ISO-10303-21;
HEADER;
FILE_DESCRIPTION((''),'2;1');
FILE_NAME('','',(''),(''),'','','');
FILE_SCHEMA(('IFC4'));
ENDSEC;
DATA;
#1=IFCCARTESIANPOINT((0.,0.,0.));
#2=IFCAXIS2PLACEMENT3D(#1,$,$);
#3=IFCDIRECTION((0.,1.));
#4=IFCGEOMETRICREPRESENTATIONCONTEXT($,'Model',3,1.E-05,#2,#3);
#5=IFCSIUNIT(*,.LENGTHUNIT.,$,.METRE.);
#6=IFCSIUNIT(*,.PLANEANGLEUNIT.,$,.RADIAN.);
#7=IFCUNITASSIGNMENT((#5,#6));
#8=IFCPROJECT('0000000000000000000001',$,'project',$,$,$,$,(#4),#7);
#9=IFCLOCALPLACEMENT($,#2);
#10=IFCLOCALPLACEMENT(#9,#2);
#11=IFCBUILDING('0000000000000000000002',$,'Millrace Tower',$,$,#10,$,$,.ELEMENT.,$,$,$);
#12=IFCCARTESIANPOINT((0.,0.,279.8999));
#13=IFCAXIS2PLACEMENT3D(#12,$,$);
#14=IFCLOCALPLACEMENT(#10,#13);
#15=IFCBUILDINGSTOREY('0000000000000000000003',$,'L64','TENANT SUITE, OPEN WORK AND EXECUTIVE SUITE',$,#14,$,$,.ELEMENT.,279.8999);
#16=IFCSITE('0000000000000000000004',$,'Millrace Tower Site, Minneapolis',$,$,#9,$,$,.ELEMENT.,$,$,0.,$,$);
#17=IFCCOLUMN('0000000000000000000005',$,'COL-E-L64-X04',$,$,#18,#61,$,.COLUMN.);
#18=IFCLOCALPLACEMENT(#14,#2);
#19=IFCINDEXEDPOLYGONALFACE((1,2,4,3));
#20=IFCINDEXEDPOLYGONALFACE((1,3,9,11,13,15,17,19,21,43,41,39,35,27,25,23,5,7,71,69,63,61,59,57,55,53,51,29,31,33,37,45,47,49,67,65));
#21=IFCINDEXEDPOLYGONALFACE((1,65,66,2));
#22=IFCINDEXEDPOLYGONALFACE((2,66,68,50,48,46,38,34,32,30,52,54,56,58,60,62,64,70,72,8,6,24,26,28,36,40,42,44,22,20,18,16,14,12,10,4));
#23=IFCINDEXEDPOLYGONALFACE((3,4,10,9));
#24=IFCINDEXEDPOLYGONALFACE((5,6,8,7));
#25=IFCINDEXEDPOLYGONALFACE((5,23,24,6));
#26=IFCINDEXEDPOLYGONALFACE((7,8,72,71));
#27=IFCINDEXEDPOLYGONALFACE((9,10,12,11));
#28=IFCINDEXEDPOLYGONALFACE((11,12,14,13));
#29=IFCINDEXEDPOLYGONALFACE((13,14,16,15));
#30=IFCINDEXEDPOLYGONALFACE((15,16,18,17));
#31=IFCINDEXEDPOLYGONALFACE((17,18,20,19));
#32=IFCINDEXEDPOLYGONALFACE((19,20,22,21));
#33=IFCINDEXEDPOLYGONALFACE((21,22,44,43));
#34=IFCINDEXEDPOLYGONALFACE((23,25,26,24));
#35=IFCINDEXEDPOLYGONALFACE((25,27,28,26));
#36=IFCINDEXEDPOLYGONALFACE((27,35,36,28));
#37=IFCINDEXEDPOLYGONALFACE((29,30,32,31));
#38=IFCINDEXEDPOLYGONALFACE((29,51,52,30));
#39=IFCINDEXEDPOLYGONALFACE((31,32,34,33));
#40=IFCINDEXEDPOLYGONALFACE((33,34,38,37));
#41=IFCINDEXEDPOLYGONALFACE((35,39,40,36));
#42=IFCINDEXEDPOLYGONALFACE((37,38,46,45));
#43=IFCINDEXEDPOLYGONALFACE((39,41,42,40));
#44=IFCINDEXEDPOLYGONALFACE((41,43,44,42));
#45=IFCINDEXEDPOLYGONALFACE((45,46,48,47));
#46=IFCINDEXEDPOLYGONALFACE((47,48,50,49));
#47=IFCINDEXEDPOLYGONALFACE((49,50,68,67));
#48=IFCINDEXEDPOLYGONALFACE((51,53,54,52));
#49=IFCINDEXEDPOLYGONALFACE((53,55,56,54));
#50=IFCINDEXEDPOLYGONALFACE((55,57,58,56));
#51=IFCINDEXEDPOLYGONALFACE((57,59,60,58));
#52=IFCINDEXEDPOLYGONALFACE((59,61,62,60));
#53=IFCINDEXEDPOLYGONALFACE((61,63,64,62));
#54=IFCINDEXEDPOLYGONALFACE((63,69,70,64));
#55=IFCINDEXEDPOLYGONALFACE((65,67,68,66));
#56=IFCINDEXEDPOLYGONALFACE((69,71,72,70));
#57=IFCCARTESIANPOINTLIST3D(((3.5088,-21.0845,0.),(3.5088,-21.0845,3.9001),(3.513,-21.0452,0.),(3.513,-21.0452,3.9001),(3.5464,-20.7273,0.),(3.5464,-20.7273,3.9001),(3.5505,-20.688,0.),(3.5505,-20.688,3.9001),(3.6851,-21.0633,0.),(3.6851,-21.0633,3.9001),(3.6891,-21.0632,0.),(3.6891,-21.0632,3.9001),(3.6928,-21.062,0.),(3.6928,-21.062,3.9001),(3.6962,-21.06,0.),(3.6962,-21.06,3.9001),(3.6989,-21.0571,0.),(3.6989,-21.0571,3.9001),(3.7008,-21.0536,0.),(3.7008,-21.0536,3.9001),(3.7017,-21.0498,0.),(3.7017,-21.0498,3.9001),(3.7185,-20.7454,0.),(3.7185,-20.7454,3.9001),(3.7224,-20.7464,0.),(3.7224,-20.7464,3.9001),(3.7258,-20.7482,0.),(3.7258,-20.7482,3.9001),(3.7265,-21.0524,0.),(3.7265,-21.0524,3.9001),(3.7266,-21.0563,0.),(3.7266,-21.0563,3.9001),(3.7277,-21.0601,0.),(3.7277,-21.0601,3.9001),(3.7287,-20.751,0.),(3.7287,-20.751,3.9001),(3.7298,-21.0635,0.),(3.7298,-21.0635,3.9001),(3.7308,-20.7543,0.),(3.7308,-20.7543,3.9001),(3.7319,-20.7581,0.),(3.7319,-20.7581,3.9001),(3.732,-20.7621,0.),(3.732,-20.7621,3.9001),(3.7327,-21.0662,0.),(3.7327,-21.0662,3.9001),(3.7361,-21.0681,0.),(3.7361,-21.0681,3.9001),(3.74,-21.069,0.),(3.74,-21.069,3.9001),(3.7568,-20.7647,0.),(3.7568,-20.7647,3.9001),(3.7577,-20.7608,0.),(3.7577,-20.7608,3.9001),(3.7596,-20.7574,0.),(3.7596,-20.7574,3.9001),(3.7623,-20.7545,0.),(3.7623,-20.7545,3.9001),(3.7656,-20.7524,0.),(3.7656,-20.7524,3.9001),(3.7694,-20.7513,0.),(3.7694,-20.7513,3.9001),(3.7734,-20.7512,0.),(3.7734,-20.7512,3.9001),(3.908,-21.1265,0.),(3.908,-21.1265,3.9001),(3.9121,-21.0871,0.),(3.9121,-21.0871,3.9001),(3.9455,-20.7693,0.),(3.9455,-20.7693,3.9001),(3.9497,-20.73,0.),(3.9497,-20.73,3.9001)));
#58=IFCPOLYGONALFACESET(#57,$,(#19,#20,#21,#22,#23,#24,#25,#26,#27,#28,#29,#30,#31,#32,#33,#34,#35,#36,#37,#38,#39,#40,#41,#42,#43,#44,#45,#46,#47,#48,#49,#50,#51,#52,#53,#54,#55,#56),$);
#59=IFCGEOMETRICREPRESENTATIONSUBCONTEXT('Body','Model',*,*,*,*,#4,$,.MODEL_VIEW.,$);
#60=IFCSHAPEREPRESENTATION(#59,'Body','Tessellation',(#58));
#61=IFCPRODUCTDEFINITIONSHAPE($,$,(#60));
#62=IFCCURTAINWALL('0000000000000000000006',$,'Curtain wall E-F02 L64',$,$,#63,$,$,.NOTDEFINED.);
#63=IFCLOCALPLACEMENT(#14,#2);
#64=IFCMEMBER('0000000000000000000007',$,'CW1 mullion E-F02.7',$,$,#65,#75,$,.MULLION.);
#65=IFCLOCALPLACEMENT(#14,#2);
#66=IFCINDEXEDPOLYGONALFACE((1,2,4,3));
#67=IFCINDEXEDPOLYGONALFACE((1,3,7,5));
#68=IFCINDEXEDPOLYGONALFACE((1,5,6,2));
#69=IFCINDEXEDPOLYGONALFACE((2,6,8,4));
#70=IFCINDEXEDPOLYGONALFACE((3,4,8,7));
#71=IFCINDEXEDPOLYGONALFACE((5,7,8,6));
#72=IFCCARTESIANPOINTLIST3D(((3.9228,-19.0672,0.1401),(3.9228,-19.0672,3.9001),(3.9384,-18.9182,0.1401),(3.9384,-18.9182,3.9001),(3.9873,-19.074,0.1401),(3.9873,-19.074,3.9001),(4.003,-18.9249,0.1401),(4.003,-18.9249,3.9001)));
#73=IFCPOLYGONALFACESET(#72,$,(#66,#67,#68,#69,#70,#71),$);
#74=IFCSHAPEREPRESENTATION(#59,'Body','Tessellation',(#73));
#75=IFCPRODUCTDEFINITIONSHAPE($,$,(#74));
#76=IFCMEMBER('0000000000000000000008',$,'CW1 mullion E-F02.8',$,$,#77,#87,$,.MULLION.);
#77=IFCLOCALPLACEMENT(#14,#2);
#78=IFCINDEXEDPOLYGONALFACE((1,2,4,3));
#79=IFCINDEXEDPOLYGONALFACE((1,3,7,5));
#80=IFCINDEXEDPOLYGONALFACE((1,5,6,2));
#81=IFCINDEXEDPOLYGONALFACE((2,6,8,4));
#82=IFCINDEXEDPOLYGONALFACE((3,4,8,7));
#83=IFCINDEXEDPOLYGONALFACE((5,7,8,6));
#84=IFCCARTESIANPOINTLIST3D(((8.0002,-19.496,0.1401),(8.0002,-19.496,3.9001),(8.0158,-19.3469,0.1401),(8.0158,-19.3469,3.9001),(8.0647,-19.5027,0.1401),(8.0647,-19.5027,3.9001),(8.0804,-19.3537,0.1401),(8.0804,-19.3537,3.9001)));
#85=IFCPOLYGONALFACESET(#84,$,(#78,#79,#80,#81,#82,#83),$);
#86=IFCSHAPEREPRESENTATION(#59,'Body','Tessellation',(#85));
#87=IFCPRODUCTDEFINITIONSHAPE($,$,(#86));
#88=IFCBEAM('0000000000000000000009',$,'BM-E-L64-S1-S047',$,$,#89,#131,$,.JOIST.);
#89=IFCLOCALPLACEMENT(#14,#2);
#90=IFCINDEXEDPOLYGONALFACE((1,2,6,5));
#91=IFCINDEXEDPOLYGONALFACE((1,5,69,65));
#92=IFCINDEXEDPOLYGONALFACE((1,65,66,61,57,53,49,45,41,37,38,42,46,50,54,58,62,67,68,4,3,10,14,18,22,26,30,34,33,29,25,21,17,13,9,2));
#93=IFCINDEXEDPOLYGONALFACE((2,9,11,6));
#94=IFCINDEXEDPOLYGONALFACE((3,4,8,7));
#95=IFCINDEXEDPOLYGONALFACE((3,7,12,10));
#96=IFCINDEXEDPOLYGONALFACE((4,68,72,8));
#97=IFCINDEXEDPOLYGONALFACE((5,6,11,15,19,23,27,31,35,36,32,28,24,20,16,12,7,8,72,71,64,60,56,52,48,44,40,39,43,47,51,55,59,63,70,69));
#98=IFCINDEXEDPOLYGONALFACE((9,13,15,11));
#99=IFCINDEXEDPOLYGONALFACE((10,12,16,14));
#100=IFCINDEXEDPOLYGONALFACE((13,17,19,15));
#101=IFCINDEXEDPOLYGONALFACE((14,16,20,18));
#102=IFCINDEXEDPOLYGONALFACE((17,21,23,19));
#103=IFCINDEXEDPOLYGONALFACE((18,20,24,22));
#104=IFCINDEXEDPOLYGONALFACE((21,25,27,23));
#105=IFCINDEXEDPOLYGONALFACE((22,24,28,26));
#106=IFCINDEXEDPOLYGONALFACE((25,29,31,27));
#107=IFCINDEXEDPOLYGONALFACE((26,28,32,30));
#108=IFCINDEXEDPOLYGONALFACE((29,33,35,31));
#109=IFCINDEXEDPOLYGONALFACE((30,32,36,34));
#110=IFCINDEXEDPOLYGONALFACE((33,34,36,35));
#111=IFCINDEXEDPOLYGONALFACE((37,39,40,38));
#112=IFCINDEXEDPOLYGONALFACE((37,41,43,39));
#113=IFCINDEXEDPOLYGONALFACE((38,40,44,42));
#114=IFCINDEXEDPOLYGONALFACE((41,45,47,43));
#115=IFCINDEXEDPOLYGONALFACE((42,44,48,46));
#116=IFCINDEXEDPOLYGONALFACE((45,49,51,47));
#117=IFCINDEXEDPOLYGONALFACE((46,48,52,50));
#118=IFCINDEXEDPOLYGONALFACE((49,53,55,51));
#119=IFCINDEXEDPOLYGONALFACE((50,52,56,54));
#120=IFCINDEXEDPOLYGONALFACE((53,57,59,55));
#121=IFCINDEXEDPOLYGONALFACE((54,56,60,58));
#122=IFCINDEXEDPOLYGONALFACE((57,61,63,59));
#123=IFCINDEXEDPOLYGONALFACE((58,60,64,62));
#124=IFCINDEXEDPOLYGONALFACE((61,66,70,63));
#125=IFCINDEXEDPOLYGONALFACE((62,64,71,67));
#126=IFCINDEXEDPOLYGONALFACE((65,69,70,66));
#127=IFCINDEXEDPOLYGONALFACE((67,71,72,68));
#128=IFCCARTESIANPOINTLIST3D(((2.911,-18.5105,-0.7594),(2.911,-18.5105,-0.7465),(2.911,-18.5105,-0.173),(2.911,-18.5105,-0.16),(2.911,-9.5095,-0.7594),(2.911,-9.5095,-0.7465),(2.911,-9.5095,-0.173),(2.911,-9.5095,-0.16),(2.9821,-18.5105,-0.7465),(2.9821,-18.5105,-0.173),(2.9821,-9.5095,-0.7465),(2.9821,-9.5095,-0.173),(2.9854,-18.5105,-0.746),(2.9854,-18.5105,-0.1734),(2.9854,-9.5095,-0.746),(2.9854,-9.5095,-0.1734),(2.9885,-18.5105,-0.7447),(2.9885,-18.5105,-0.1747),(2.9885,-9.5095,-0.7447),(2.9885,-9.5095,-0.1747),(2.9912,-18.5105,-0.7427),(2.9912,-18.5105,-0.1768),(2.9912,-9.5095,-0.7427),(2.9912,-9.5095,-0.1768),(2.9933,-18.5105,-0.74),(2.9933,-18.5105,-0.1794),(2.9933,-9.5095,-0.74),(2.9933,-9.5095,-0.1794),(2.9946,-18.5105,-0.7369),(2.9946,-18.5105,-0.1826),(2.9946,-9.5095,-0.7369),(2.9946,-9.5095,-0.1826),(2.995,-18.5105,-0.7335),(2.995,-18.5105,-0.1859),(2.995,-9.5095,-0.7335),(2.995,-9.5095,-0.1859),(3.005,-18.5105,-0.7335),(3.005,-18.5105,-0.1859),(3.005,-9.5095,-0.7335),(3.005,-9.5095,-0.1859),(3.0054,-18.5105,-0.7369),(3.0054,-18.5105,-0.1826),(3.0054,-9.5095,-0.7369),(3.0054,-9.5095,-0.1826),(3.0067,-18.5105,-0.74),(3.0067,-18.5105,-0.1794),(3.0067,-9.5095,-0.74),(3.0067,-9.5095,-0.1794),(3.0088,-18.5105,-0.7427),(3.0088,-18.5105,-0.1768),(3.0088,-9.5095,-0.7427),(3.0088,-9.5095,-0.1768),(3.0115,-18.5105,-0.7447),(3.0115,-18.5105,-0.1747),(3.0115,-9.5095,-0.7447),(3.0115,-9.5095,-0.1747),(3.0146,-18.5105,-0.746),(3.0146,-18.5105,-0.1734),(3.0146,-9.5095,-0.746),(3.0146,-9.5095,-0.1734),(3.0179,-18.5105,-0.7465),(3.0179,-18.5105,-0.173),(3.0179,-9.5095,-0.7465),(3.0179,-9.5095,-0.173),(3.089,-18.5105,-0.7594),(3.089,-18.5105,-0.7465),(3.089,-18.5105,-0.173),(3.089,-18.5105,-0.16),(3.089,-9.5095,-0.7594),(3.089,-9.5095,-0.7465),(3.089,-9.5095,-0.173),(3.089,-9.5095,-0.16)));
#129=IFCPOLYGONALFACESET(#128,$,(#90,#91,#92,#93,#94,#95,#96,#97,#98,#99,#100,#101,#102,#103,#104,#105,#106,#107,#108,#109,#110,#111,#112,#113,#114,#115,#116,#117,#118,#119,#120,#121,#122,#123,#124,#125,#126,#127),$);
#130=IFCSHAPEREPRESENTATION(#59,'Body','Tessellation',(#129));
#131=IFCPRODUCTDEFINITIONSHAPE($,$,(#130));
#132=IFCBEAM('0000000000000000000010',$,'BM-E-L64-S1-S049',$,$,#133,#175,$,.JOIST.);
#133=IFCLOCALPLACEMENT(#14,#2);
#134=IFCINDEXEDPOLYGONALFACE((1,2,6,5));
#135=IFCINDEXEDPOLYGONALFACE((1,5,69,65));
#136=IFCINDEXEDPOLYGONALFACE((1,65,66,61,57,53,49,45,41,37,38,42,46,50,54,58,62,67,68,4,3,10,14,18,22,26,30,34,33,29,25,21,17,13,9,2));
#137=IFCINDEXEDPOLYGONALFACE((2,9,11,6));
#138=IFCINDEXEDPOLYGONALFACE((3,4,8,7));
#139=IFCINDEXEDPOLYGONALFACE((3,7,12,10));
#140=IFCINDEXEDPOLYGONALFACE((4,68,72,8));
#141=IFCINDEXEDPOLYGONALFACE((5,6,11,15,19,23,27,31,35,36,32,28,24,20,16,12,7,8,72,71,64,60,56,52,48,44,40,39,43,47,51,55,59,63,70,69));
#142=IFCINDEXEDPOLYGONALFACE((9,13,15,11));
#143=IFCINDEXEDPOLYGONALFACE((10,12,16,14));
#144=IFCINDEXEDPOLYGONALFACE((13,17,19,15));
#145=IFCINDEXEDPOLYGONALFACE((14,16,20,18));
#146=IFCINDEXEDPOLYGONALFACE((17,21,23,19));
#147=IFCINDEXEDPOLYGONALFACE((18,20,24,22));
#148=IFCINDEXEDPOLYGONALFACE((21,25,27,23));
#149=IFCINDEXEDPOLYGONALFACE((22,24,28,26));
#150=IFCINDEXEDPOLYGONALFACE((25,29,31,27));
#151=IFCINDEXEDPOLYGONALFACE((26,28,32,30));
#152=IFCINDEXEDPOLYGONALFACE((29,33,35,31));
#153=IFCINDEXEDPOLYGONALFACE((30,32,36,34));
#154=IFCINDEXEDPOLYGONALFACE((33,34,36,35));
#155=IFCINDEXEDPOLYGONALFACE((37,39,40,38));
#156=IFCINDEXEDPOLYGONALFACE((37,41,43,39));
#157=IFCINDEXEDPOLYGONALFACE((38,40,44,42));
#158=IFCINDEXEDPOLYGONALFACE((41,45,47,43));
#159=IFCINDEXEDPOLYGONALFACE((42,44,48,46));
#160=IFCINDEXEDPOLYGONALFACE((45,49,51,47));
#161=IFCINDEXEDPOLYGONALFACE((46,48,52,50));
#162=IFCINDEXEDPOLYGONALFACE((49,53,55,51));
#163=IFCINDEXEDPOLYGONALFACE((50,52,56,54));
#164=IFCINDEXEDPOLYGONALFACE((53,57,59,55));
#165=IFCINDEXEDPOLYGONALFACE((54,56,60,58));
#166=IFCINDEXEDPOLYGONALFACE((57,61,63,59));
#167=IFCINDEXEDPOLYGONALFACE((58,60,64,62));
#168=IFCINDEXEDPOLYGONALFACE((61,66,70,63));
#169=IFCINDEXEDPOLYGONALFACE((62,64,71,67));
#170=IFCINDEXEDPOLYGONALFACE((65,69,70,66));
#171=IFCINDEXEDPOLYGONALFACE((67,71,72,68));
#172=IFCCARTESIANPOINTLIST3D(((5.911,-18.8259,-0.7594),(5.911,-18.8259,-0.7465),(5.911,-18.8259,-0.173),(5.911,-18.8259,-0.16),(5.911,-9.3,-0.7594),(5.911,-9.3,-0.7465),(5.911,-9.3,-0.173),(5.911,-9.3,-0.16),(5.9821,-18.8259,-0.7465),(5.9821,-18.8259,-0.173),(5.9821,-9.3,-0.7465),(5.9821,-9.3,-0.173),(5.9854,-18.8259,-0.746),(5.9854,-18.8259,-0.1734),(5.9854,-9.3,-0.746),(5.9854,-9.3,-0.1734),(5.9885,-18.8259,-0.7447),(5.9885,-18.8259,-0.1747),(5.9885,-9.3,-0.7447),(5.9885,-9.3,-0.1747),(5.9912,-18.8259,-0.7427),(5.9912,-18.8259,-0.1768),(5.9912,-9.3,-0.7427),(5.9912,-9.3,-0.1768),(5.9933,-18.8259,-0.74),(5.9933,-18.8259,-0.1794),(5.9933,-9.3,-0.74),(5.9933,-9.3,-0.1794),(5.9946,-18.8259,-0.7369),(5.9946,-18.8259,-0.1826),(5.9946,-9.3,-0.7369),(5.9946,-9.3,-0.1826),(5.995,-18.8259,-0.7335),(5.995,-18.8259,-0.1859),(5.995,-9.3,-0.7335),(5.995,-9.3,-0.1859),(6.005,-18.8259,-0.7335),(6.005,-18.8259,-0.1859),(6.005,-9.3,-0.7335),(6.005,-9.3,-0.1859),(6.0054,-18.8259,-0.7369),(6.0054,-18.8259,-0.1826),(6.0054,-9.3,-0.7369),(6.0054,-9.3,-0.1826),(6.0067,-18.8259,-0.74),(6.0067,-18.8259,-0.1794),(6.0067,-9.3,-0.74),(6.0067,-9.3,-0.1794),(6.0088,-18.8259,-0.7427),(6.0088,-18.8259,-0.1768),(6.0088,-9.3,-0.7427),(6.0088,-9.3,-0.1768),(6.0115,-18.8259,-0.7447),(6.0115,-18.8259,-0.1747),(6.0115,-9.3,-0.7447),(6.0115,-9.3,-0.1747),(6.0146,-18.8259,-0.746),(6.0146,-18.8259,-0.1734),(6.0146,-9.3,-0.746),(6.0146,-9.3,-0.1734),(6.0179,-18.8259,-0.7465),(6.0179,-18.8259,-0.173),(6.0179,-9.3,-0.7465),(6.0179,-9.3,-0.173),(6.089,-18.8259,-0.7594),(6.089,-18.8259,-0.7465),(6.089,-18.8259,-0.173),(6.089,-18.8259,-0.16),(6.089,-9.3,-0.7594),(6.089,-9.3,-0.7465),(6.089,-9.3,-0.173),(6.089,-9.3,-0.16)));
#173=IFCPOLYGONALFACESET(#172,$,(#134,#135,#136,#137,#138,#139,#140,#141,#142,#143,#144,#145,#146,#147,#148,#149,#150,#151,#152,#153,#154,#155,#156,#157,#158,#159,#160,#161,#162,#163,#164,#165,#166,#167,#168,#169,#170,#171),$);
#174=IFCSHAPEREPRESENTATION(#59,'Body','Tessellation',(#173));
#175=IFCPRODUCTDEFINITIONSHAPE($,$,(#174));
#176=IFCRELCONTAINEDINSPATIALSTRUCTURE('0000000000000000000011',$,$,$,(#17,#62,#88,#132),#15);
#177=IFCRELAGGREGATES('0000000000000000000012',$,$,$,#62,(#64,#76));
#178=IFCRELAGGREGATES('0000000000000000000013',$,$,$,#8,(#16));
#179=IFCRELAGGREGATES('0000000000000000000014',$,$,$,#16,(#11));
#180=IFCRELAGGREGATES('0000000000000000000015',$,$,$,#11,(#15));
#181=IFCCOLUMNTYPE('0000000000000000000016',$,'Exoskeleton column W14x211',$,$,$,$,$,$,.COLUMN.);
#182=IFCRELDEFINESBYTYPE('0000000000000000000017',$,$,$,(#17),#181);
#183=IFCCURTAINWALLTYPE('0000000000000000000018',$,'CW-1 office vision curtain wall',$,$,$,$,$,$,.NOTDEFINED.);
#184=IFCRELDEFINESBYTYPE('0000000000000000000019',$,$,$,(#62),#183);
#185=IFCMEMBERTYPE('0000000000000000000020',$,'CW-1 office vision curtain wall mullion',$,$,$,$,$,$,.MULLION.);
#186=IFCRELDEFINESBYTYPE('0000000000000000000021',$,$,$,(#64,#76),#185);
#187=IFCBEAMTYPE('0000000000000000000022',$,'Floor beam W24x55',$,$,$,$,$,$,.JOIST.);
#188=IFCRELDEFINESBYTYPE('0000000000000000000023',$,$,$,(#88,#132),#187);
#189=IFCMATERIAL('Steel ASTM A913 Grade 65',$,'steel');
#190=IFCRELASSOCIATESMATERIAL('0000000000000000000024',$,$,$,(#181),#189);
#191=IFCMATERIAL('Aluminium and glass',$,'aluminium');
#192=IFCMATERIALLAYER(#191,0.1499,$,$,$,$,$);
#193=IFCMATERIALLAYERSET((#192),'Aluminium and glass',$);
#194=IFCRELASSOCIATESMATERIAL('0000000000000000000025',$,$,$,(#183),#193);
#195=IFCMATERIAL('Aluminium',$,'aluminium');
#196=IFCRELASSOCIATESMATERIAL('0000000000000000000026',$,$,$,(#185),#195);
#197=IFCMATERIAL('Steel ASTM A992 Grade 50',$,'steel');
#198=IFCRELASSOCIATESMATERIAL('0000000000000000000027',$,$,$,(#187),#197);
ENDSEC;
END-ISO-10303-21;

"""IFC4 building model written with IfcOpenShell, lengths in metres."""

from ifc_helpers import new_model, si_unit, direction, frame, origin, origin_2d, place, context, subcontext, project, spatial, rectangle, i_section, extrude, material, layer, layer_set, material_profile, profile_set, type_object, element, aggregate, save


model = new_model("IFC4")

# Units and contexts
model_context = context("Model", 3, precision=1e-05, world=origin(), true_north=direction((0.0, 1.0)))
body_context = subcontext(model_context, "Body", "Model", "MODEL_VIEW")
ifc_project = project(units=[si_unit("LENGTHUNIT", "METRE"), si_unit("PLANEANGLEUNIT", "RADIAN")], contexts=[model_context])

# Site, building, storey
site_placement = place(None, origin())
site = spatial("IfcSite", under=ifc_project, at=site_placement, Name="Millrace Tower Site, Minneapolis", CompositionType="ELEMENT", RefElevation=0.0)
building_placement = place(site_placement, origin())
building = spatial("IfcBuilding", under=site, at=building_placement, Name="Millrace Tower", CompositionType="ELEMENT")
storey_placement = place(building_placement, frame((0.0, 0.0, 279.8999)))
storey = spatial("IfcBuildingStorey", under=building, at=storey_placement, Name="L64", Description="TENANT SUITE, OPEN WORK AND EXECUTIVE SUITE", CompositionType="ELEMENT", Elevation=279.8999)

# Column
ifc_material_1 = material(Name="Steel ASTM A913 Grade 65", Category="steel")
ifc_material_profile_1 = material_profile(ifc_material_1, i_section(OverallWidth=0.4014, OverallDepth=0.3987, WebThickness=0.0249, FlangeThickness=0.0396, FilletRadius=0.0151, at=origin_2d()))
ifc_profile_set_1 = profile_set([ifc_material_profile_1], Name="Steel ASTM A913 Grade 65")
column_type = type_object("IfcColumnType", Name="Exoskeleton column W14x211", PredefinedType="COLUMN", material=ifc_profile_set_1)
column_placement = place(storey_placement, frame((3.7292, -20.9072, 0.0), z_axis=(0.0, 0.0, 1.0), x_axis=(0.994522, -0.104528, 0.0)))
element("IfcColumn", 1, at=column_placement, inside=storey, type_object=column_type, Name="COL-E-L64-X04", PredefinedType="COLUMN", context=body_context, shape_type="SweptSolid", body=[
    extrude(i_section(OverallWidth=0.4014, OverallDepth=0.3987, WebThickness=0.0249, FlangeThickness=0.0396, FilletRadius=0.0151, at=origin_2d()), origin(), (0.0, 0.0, 1.0), 3.9001),
])

# Curtain wall, members
ifc_material_2 = material(Name="Aluminium and glass", Category="aluminium")
ifc_layer_1 = layer(ifc_material_2, 0.1499)
ifc_layer_set_1 = layer_set([ifc_layer_1], Name="Aluminium and glass")
curtain_wall_type = type_object("IfcCurtainWallType", Name="CW-1 office vision curtain wall", PredefinedType="NOTDEFINED", material=ifc_layer_set_1)
placement = place(storey_placement, origin())
curtain_wall = element("IfcCurtainWall", 2, at=placement, inside=storey, type_object=curtain_wall_type, Name="Curtain wall E-F02 L64", PredefinedType="NOTDEFINED")
ifc_material_3 = material(Name="Aluminium", Category="aluminium")
ifc_material_profile_2 = material_profile(ifc_material_3, rectangle(XDim=0.0649, YDim=0.1499, at=origin_2d()))
ifc_profile_set_2 = profile_set([ifc_material_profile_2], Name="Aluminium")
member_type = type_object("IfcMemberType", Name="CW-1 office vision curtain wall mullion", PredefinedType="MULLION", material=ifc_profile_set_2)
member_1_placement = place(storey_placement, frame((3.9629, -18.9961, 0.1401), z_axis=(0.0, 0.0, 1.0), x_axis=(0.994522, -0.104528, 0.0)))
member_1 = element("IfcMember", 3, at=member_1_placement, type_object=member_type, Name="CW1 mullion E-F02.7", PredefinedType="MULLION", context=body_context, shape_type="SweptSolid", body=[
    extrude(rectangle(XDim=0.0649, YDim=0.1499, at=origin_2d()), origin(), (0.0, 0.0, 1.0), 3.76),
])
member_2_placement = place(storey_placement, frame((8.0403, -19.4248, 0.1401), z_axis=(0.0, 0.0, 1.0), x_axis=(0.994522, -0.104528, 0.0)))
member_2 = element("IfcMember", 4, at=member_2_placement, type_object=member_type, Name="CW1 mullion E-F02.8", PredefinedType="MULLION", context=body_context, shape_type="SweptSolid", body=[
    extrude(rectangle(XDim=0.0649, YDim=0.1499, at=origin_2d()), origin(), (0.0, 0.0, 1.0), 3.76),
])
aggregate(curtain_wall, [member_1, member_2])

# Beams
ifc_material_4 = material(Name="Steel ASTM A992 Grade 50", Category="steel")
ifc_material_profile_3 = material_profile(ifc_material_4, i_section(OverallWidth=0.178, OverallDepth=0.5994, WebThickness=0.01, FlangeThickness=0.0129, FilletRadius=0.0129, at=origin_2d()))
ifc_profile_set_3 = profile_set([ifc_material_profile_3], Name="Steel ASTM A992 Grade 50")
beam_type_1 = type_object("IfcBeamType", Name="Floor beam W24x55", PredefinedType="JOIST", material=ifc_profile_set_3)
beam_1_placement = place(storey_placement, frame((3.0, -18.5105, -0.4597), z_axis=(0.0, 1.0, 0.0), x_axis=(-1.0, 0.0, 0.0)))
element("IfcBeam", 5, at=beam_1_placement, inside=storey, type_object=beam_type_1, Name="BM-E-L64-S1-S047", PredefinedType="JOIST", context=body_context, shape_type="SweptSolid", body=[
    extrude(i_section(OverallWidth=0.178, OverallDepth=0.5994, WebThickness=0.01, FlangeThickness=0.0129, FilletRadius=0.0129, at=origin_2d()), origin(), (0.0, 0.0, 1.0), 9.001),
])
beam_2_placement = place(storey_placement, frame((6.0, -18.8259, -0.4597), z_axis=(0.0, 1.0, 0.0), x_axis=(-1.0, 0.0, 0.0)))
element("IfcBeam", 6, at=beam_2_placement, inside=storey, type_object=beam_type_1, Name="BM-E-L64-S1-S049", PredefinedType="JOIST", context=body_context, shape_type="SweptSolid", body=[
    extrude(i_section(OverallWidth=0.178, OverallDepth=0.5994, WebThickness=0.01, FlangeThickness=0.0129, FilletRadius=0.0129, at=origin_2d()), origin(), (0.0, 0.0, 1.0), 9.5259),
])

save(model, "model.ifc")
